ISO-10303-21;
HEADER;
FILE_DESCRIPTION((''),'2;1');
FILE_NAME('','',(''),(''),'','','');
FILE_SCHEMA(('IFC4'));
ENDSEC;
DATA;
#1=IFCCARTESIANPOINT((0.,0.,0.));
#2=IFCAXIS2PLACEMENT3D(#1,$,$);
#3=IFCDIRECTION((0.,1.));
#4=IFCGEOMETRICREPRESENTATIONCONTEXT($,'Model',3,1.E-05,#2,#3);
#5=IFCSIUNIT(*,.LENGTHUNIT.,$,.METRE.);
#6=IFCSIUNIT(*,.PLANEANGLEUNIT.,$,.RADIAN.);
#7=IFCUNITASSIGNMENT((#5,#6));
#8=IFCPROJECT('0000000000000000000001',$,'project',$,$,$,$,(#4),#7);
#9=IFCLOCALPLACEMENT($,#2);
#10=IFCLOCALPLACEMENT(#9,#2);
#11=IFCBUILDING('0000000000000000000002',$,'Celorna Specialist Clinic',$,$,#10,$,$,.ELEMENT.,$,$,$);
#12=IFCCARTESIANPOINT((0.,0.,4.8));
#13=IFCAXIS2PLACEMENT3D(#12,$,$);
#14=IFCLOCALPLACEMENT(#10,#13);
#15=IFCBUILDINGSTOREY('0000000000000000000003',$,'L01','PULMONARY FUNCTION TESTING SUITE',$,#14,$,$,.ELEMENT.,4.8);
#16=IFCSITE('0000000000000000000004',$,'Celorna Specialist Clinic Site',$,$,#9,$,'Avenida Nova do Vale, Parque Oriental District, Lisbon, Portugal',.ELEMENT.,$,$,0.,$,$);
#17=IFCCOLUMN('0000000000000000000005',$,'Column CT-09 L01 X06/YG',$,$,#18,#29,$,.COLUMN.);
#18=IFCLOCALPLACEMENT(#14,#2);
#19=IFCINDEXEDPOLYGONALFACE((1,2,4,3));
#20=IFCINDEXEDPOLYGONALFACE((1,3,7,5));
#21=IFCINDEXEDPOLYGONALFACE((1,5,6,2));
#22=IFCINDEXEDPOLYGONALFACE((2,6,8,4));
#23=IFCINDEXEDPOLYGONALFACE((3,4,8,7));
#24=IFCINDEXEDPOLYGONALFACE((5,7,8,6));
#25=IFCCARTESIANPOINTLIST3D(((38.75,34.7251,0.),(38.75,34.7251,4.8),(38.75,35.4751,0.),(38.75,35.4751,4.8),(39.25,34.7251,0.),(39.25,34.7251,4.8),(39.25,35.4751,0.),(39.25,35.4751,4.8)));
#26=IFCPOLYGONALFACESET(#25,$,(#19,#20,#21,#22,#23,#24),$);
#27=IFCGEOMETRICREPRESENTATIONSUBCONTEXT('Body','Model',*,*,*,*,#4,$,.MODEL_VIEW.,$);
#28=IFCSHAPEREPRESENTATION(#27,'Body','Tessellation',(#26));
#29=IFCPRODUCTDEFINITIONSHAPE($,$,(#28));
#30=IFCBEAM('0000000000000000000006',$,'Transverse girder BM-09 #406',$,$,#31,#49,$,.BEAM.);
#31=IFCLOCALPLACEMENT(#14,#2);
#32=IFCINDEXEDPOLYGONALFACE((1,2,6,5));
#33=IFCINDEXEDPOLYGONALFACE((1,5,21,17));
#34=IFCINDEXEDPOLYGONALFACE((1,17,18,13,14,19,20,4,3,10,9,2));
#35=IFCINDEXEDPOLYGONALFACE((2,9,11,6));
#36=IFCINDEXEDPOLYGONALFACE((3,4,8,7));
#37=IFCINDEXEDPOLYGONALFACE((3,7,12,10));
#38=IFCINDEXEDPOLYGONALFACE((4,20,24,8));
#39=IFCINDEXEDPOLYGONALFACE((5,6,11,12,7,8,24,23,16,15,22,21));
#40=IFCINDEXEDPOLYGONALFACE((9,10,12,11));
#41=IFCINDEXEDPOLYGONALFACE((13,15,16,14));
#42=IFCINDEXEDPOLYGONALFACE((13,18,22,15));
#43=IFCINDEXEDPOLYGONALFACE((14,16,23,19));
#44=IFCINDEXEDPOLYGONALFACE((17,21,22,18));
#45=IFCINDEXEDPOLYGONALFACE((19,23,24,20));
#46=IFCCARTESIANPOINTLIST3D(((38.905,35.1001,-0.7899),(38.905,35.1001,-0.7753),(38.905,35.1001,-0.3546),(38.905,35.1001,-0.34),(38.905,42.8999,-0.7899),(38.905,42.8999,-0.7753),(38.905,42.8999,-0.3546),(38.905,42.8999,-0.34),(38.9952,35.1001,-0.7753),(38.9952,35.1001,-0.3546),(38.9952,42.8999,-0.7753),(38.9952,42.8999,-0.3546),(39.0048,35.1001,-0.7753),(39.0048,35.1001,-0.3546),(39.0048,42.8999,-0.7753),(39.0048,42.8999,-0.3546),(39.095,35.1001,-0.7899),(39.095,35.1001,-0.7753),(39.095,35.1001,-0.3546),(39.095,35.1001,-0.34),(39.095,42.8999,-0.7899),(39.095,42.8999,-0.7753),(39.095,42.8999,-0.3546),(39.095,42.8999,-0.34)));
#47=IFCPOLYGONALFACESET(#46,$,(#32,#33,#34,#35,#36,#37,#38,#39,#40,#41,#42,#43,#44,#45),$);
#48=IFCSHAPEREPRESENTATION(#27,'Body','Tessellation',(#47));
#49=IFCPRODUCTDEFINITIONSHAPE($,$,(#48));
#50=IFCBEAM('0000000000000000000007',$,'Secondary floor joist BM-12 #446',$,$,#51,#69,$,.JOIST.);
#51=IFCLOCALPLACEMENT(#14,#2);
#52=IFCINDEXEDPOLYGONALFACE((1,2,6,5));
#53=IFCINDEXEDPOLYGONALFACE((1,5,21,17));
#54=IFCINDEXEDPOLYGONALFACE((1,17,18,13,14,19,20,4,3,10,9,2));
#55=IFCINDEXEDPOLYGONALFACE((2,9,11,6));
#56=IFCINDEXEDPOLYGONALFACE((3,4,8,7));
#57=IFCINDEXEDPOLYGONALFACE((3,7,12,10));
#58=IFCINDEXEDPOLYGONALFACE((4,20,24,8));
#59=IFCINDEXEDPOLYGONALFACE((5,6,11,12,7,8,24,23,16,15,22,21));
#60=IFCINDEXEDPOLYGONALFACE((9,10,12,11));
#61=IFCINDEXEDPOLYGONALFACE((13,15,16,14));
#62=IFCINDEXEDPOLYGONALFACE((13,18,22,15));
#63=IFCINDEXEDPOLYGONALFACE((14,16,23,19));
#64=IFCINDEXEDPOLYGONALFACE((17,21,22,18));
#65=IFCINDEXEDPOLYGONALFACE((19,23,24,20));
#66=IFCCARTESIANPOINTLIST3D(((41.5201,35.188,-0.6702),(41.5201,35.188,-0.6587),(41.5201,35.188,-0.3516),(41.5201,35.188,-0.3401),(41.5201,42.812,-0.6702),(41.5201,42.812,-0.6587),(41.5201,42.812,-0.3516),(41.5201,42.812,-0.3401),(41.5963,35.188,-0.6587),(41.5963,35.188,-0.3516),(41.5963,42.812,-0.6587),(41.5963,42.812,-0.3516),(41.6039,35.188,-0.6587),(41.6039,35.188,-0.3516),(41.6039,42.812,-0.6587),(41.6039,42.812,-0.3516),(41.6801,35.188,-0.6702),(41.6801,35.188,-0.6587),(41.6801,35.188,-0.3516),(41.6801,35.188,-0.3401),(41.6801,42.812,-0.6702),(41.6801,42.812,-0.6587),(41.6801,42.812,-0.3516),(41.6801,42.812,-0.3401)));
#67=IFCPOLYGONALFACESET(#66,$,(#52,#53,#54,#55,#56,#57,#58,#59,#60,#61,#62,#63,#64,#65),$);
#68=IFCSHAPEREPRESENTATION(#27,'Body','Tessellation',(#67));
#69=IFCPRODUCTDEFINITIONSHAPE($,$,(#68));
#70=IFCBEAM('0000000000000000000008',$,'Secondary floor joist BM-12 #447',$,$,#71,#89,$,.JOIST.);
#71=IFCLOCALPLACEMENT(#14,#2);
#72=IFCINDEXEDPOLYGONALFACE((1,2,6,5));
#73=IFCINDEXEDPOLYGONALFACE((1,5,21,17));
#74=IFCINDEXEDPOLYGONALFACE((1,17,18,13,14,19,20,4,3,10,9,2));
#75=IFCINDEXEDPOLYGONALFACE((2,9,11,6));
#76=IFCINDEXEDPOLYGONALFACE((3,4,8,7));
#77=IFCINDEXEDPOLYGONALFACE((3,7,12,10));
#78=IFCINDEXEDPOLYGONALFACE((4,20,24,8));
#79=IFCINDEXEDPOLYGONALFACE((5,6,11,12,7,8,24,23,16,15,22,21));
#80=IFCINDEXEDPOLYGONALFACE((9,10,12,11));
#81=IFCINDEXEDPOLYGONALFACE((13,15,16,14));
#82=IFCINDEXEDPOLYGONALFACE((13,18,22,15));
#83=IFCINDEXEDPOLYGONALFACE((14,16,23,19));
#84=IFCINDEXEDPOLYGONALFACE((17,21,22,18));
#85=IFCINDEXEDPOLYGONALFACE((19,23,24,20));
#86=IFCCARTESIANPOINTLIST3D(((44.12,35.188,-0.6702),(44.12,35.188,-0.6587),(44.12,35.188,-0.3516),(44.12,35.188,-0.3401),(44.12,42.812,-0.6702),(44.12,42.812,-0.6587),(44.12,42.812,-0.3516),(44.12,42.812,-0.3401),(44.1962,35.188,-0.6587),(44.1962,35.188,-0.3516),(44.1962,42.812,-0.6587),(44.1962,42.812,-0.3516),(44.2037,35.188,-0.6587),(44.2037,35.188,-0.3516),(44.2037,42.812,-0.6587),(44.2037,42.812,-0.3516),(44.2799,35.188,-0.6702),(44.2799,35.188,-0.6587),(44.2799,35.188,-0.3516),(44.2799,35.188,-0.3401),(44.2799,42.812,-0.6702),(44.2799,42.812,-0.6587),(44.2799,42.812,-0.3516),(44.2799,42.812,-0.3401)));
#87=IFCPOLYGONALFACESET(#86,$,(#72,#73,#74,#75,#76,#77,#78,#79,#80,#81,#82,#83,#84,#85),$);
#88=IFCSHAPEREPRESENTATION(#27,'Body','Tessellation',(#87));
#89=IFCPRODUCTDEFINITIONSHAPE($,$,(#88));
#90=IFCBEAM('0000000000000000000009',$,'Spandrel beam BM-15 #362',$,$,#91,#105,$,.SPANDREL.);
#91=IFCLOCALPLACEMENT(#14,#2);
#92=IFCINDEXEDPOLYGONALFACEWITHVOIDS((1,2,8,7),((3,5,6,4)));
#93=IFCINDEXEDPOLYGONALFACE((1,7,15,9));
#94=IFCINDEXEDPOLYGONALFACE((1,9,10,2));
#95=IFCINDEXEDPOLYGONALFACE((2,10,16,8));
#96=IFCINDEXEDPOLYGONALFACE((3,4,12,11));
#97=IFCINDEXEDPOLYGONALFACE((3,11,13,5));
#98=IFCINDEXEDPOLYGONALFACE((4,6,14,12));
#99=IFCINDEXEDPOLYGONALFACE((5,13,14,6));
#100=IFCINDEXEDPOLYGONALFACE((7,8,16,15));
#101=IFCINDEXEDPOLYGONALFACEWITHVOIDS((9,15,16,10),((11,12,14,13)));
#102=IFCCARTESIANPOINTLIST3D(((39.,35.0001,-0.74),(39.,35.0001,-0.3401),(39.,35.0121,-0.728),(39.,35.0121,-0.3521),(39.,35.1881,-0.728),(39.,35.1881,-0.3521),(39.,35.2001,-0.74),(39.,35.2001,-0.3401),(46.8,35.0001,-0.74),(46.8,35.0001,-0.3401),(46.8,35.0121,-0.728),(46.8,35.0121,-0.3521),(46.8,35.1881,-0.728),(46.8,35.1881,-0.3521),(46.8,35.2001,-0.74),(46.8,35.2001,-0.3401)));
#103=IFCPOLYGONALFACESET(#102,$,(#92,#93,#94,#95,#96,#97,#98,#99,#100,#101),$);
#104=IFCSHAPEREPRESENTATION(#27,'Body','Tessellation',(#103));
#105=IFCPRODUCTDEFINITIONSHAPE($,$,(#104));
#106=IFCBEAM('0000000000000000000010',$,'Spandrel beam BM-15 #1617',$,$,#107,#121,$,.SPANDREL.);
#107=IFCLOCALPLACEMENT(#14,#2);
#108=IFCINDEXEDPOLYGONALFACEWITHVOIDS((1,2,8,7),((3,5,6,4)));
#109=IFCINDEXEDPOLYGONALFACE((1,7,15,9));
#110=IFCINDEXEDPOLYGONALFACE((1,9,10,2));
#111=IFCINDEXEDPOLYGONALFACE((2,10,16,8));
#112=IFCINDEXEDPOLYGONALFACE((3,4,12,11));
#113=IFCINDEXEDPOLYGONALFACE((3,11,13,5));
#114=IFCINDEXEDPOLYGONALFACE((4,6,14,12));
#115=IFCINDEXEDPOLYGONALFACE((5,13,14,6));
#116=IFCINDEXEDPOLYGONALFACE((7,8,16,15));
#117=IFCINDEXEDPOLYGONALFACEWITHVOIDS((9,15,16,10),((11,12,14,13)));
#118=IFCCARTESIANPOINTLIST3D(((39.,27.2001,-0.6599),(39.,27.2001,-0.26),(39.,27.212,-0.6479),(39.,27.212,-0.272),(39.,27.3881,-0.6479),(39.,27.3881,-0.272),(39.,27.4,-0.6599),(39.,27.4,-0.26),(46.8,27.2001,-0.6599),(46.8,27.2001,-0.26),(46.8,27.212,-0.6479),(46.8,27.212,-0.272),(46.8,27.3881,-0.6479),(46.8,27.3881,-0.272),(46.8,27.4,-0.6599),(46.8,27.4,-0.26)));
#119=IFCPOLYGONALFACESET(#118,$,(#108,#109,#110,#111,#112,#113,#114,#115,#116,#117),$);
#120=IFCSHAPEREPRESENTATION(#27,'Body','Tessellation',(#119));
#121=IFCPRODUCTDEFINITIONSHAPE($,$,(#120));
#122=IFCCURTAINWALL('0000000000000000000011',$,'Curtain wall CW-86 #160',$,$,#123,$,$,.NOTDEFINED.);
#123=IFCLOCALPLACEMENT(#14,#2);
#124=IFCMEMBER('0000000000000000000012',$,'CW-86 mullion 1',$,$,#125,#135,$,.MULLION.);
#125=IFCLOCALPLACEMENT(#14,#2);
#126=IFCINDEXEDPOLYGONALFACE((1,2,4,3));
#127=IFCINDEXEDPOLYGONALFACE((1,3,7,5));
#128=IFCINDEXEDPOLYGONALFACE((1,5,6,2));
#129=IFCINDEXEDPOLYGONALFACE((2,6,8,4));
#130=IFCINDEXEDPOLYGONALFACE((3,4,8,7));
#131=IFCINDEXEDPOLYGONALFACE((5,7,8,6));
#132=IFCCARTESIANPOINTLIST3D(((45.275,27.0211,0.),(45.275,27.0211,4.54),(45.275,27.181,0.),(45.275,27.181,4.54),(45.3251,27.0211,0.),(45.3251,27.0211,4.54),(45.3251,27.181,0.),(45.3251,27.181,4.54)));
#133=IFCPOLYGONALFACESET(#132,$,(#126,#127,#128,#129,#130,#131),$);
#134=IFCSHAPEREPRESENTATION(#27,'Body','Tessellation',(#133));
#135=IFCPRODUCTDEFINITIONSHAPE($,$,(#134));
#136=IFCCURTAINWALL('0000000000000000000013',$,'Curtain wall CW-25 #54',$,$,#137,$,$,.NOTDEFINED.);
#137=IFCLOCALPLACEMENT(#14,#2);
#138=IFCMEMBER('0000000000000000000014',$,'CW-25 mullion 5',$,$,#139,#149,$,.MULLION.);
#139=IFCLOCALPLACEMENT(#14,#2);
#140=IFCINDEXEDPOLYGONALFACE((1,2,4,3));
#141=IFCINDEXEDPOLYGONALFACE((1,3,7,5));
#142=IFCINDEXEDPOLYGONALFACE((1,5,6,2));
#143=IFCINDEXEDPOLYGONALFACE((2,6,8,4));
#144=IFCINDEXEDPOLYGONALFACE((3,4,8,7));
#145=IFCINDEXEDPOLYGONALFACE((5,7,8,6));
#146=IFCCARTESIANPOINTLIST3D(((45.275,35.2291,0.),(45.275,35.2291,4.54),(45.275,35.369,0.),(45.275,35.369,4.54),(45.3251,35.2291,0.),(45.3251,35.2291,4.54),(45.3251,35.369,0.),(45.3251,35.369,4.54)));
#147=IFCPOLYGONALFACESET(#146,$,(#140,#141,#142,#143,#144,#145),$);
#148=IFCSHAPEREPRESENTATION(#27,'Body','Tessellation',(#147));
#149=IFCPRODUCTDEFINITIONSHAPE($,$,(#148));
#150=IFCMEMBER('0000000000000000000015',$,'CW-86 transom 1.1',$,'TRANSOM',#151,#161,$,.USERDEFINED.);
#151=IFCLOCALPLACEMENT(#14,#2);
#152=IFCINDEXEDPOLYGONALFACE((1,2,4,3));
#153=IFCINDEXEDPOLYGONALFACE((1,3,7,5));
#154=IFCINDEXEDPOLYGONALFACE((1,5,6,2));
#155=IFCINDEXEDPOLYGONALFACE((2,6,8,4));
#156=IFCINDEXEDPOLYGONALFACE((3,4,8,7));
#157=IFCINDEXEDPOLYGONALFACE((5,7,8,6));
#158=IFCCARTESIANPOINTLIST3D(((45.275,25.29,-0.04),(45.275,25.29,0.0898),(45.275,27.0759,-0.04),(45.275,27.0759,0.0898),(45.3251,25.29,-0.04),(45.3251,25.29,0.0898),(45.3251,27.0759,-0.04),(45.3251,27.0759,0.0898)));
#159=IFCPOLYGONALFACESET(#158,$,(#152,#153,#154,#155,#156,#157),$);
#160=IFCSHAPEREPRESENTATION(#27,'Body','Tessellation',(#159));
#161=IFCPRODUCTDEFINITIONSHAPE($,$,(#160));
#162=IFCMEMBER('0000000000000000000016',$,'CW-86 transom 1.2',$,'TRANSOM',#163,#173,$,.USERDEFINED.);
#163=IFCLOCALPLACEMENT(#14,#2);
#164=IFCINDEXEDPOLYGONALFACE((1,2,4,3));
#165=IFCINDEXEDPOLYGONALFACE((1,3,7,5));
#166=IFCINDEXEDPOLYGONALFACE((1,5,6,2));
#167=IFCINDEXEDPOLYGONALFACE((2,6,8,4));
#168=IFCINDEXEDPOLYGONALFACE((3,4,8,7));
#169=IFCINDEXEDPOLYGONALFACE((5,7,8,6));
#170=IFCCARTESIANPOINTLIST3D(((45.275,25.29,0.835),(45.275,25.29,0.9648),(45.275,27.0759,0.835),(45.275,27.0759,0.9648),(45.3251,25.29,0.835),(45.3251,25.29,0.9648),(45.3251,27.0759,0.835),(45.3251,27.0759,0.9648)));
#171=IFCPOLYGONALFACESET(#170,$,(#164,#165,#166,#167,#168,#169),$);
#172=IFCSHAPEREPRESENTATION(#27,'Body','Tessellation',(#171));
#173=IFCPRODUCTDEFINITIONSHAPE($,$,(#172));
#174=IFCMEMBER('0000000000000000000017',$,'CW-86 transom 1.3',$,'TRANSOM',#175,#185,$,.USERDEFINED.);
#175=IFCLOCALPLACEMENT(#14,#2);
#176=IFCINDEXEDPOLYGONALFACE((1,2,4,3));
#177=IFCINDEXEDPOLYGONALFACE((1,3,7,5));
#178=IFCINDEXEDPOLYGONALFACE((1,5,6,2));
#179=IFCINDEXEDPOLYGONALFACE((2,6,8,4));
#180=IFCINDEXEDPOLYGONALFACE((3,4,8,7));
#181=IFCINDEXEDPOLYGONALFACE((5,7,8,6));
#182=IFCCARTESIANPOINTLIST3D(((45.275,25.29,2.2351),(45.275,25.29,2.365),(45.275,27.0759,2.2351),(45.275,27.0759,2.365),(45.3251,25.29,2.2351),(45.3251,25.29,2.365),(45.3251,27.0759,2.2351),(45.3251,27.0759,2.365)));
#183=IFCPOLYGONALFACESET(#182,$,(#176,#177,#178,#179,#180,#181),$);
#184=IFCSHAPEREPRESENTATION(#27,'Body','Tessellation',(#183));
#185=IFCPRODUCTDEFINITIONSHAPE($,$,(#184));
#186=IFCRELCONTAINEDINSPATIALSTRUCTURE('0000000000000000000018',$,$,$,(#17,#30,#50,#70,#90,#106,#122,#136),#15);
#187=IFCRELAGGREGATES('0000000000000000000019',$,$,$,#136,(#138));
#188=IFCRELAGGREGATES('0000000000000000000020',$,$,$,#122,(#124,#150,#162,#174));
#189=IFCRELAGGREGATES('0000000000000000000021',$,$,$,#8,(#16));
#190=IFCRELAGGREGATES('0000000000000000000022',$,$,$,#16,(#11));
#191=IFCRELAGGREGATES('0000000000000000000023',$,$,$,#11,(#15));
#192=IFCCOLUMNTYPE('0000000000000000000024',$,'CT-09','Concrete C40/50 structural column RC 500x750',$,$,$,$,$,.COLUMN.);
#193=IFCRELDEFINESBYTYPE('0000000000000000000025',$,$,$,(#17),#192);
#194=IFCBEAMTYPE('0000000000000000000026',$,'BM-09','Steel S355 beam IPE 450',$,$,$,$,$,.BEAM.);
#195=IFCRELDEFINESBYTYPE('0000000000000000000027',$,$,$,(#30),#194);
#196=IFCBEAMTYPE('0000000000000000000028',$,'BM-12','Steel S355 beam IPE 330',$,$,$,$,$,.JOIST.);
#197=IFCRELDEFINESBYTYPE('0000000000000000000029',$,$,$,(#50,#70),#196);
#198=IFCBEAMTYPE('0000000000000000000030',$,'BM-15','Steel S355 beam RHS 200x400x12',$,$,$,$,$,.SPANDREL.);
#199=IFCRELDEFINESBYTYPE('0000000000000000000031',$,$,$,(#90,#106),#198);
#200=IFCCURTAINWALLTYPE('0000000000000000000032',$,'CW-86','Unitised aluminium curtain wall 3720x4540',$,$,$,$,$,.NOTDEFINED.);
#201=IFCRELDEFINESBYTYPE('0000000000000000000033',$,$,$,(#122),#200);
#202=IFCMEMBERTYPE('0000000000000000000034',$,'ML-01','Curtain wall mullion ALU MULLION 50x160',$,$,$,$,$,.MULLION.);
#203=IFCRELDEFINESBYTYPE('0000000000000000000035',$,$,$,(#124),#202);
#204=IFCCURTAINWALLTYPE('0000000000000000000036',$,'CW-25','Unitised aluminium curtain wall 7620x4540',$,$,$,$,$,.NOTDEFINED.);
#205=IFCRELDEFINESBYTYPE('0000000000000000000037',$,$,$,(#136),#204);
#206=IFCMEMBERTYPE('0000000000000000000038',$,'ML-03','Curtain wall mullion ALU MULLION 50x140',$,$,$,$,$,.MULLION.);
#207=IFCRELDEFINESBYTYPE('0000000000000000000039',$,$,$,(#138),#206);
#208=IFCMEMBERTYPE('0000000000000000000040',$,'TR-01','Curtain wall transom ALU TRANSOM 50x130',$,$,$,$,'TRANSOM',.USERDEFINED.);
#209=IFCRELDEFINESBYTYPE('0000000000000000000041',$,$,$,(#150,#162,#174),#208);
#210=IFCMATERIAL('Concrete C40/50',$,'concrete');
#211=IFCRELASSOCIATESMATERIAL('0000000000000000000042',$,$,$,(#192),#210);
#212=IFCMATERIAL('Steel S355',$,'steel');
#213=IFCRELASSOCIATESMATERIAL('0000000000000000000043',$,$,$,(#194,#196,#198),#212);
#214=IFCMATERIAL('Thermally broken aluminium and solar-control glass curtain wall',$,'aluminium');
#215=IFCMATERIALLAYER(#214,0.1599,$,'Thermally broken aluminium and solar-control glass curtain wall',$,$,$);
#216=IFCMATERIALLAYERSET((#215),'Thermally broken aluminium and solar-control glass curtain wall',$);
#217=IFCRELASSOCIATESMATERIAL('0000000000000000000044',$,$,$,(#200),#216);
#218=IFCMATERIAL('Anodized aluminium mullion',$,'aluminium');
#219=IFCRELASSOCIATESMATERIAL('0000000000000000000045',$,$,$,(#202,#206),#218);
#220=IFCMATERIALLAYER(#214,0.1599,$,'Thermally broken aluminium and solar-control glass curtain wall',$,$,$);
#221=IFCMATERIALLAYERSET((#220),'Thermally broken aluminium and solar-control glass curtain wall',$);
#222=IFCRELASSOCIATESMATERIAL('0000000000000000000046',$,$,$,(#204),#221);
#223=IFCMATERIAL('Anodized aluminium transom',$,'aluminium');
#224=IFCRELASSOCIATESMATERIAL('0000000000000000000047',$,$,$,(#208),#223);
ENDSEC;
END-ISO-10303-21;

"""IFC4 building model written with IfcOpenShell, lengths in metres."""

from ifc_helpers import new_model, si_unit, direction, frame, origin, origin_2d, place, context, subcontext, project, spatial, rectangle, hollow_rectangle, i_section, extrude, material, layer, layer_set, material_profile, profile_set, type_object, element, aggregate, save


model = new_model("IFC4")

# Units and contexts
model_context = context("Model", 3, precision=1e-05, world=origin(), true_north=direction((0.0, 1.0)))
body_context = subcontext(model_context, "Body", "Model", "MODEL_VIEW")
ifc_project = project(units=[si_unit("LENGTHUNIT", "METRE"), si_unit("PLANEANGLEUNIT", "RADIAN")], contexts=[model_context])

# Site, building, storey
site_placement = place(None, origin())
site = spatial("IfcSite", under=ifc_project, at=site_placement, Name="Celorna Specialist Clinic Site", LongName="Avenida Nova do Vale, Parque Oriental District, Lisbon, Portugal", CompositionType="ELEMENT", RefElevation=0.0)
building_placement = place(site_placement, origin())
building = spatial("IfcBuilding", under=site, at=building_placement, Name="Celorna Specialist Clinic", CompositionType="ELEMENT")
storey_placement = place(building_placement, frame((0.0, 0.0, 4.8)))
storey = spatial("IfcBuildingStorey", under=building, at=storey_placement, Name="L01", Description="PULMONARY FUNCTION TESTING SUITE", CompositionType="ELEMENT", Elevation=4.8)

# Column
ifc_material_1 = material(Name="Concrete C40/50", Category="concrete")
ifc_material_profile_1 = material_profile(ifc_material_1, rectangle(XDim=0.5, YDim=0.75, at=origin_2d()), Name="RC 500x750")
ifc_profile_set_1 = profile_set([ifc_material_profile_1], Name="Concrete C40/50")
column_type = type_object("IfcColumnType", Name="CT-09", Description="Concrete C40/50 structural column RC 500x750", PredefinedType="COLUMN", material=ifc_profile_set_1)
column_placement = place(storey_placement, frame((39.0, 35.1001, 0.0), z_axis=(0.0, 0.0, 1.0), x_axis=(1.0, 0.0, 0.0)))
element("IfcColumn", 1, at=column_placement, inside=storey, type_object=column_type, Name="Column CT-09 L01 X06/YG", PredefinedType="COLUMN", context=body_context, shape_type="SweptSolid", body=[
    extrude(rectangle(XDim=0.5, YDim=0.75, at=origin_2d()), origin(), (0.0, 0.0, 1.0), 4.8),
])

# Beams
ifc_material_2 = material(Name="Steel S355", Category="steel")
ifc_material_profile_2 = material_profile(ifc_material_2, i_section(OverallWidth=0.1899, OverallDepth=0.45, WebThickness=0.0095, FlangeThickness=0.0146, at=origin_2d()), Name="IPE 450")
ifc_profile_set_2 = profile_set([ifc_material_profile_2], Name="Steel S355")
beam_type_1 = type_object("IfcBeamType", Name="BM-09", Description="Steel S355 beam IPE 450", PredefinedType="BEAM", material=ifc_profile_set_2)
beam_placement = place(storey_placement, frame((39.0, 35.1001, -0.5649), z_axis=(0.0, 1.0, 0.0), x_axis=(-1.0, 0.0, 0.0)))
element("IfcBeam", 2, at=beam_placement, inside=storey, type_object=beam_type_1, Name="Transverse girder BM-09 #406", PredefinedType="BEAM", context=body_context, shape_type="SweptSolid", body=[
    extrude(i_section(OverallWidth=0.1899, OverallDepth=0.45, WebThickness=0.0095, FlangeThickness=0.0146, at=origin_2d()), origin(), (0.0, 0.0, 1.0), 7.7998),
])
ifc_material_profile_3 = material_profile(ifc_material_2, i_section(OverallWidth=0.1599, OverallDepth=0.3301, WebThickness=0.0076, FlangeThickness=0.0115, at=origin_2d()), Name="IPE 330")
ifc_profile_set_3 = profile_set([ifc_material_profile_3], Name="Steel S355")
beam_type_2 = type_object("IfcBeamType", Name="BM-12", Description="Steel S355 beam IPE 330", PredefinedType="JOIST", material=ifc_profile_set_3)
for number, where, z_axis, x_axis, name in (
    (3, (41.6001, 35.188, -0.5051), (0.0, 1.0, 0.0), (-1.0, 0.0, 0.0), "Secondary floor joist BM-12 #446"),
    (4, (44.2, 35.188, -0.5051), (0.0, 1.0, 0.0), (-1.0, 0.0, 0.0), "Secondary floor joist BM-12 #447"),
):
    element("IfcBeam", number, at=place(storey_placement, frame(where, z_axis=z_axis, x_axis=x_axis)), inside=storey, type_object=beam_type_2, Name=name, PredefinedType="JOIST", context=body_context, shape_type="SweptSolid", body=[
        extrude(i_section(OverallWidth=0.1599, OverallDepth=0.3301, WebThickness=0.0076, FlangeThickness=0.0115, at=origin_2d()), origin(), (0.0, 0.0, 1.0), 7.624),
    ])
ifc_material_profile_4 = material_profile(ifc_material_2, hollow_rectangle(XDim=0.2, YDim=0.3999, WallThickness=0.012, at=origin_2d()), Name="RHS 200x400x12")
ifc_profile_set_4 = profile_set([ifc_material_profile_4], Name="Steel S355")
beam_type_3 = type_object("IfcBeamType", Name="BM-15", Description="Steel S355 beam RHS 200x400x12", PredefinedType="SPANDREL", material=ifc_profile_set_4)
for number, where, z_axis, x_axis, name in (
    (5, (39.0, 35.1001, -0.54), (1.0, 0.0, 0.0), (0.0, 1.0, 0.0), "Spandrel beam BM-15 #362"),
    (6, (39.0, 27.3, -0.46), (1.0, 0.0, 0.0), (0.0, 1.0, 0.0), "Spandrel beam BM-15 #1617"),
):
    element("IfcBeam", number, at=place(storey_placement, frame(where, z_axis=z_axis, x_axis=x_axis)), inside=storey, type_object=beam_type_3, Name=name, PredefinedType="SPANDREL", context=body_context, shape_type="SweptSolid", body=[
        extrude(hollow_rectangle(XDim=0.2, YDim=0.3999, WallThickness=0.012, at=origin_2d()), origin(), (0.0, 0.0, 1.0), 7.8),
    ])

# Curtain walls, members
ifc_material_3 = material(Name="Thermally broken aluminium and solar-control glass curtain wall", Category="aluminium")
ifc_layer_1 = layer(ifc_material_3, 0.1599, Name="Thermally broken aluminium and solar-control glass curtain wall")
ifc_layer_set_1 = layer_set([ifc_layer_1], Name="Thermally broken aluminium and solar-control glass curtain wall")
curtain_wall_type_1 = type_object("IfcCurtainWallType", Name="CW-86", Description="Unitised aluminium curtain wall 3720x4540", PredefinedType="NOTDEFINED", material=ifc_layer_set_1)
curtain_wall_1_placement = place(storey_placement, origin())
curtain_wall_1 = element("IfcCurtainWall", 7, at=curtain_wall_1_placement, inside=storey, type_object=curtain_wall_type_1, Name="Curtain wall CW-86 #160", PredefinedType="NOTDEFINED")
ifc_material_4 = material(Name="Anodized aluminium mullion", Category="aluminium")
ifc_material_profile_5 = material_profile(ifc_material_4, rectangle(XDim=0.05, YDim=0.1599, at=origin_2d()), Name="ALU MULLION 50x160")
ifc_profile_set_5 = profile_set([ifc_material_profile_5], Name="Anodized aluminium mullion")
member_type_1 = type_object("IfcMemberType", Name="ML-01", Description="Curtain wall mullion ALU MULLION 50x160", PredefinedType="MULLION", material=ifc_profile_set_5)
member_1_placement = place(storey_placement, frame((45.3, 27.1011, 0.0), z_axis=(0.0, 0.0, 1.0), x_axis=(1.0, 0.0, 0.0)))
member_1 = element("IfcMember", 8, at=member_1_placement, type_object=member_type_1, Name="CW-86 mullion 1", PredefinedType="MULLION", context=body_context, shape_type="SweptSolid", body=[
    extrude(rectangle(XDim=0.05, YDim=0.1599, at=origin_2d()), origin(), (0.0, 0.0, 1.0), 4.54),
])
ifc_layer_2 = layer(ifc_material_3, 0.1599, Name="Thermally broken aluminium and solar-control glass curtain wall")
ifc_layer_set_2 = layer_set([ifc_layer_2], Name="Thermally broken aluminium and solar-control glass curtain wall")
curtain_wall_type_2 = type_object("IfcCurtainWallType", Name="CW-25", Description="Unitised aluminium curtain wall 7620x4540", PredefinedType="NOTDEFINED", material=ifc_layer_set_2)
curtain_wall_2_placement = place(storey_placement, origin())
curtain_wall_2 = element("IfcCurtainWall", 9, at=curtain_wall_2_placement, inside=storey, type_object=curtain_wall_type_2, Name="Curtain wall CW-25 #54", PredefinedType="NOTDEFINED")
ifc_material_profile_6 = material_profile(ifc_material_4, rectangle(XDim=0.05, YDim=0.1399, at=origin_2d()), Name="ALU MULLION 50x140")
ifc_profile_set_6 = profile_set([ifc_material_profile_6], Name="Anodized aluminium mullion")
member_type_2 = type_object("IfcMemberType", Name="ML-03", Description="Curtain wall mullion ALU MULLION 50x140", PredefinedType="MULLION", material=ifc_profile_set_6)
member_2_placement = place(storey_placement, frame((45.3, 35.2991, 0.0), z_axis=(0.0, 0.0, 1.0), x_axis=(1.0, 0.0, 0.0)))
member_2 = element("IfcMember", 10, at=member_2_placement, type_object=member_type_2, Name="CW-25 mullion 5", PredefinedType="MULLION", context=body_context, shape_type="SweptSolid", body=[
    extrude(rectangle(XDim=0.05, YDim=0.1399, at=origin_2d()), origin(), (0.0, 0.0, 1.0), 4.54),
])
aggregate(curtain_wall_2, [member_2])

# Members
ifc_material_5 = material(Name="Anodized aluminium transom", Category="aluminium")
ifc_material_profile_7 = material_profile(ifc_material_5, rectangle(XDim=0.05, YDim=0.1299, at=origin_2d()), Name="ALU TRANSOM 50x130")
ifc_profile_set_7 = profile_set([ifc_material_profile_7], Name="Anodized aluminium transom")
member_type_3 = type_object("IfcMemberType", Name="TR-01", Description="Curtain wall transom ALU TRANSOM 50x130", ElementType="TRANSOM", PredefinedType="USERDEFINED", material=ifc_profile_set_7)
member_3_placement = place(storey_placement, frame((45.3, 27.0759, 0.0249), z_axis=(0.0, -1.0, 0.0), x_axis=(1.0, 0.0, 0.0)))
member_3 = element("IfcMember", 11, at=member_3_placement, type_object=member_type_3, Name="CW-86 transom 1.1", ObjectType="TRANSOM", PredefinedType="USERDEFINED", context=body_context, shape_type="SweptSolid", body=[
    extrude(rectangle(XDim=0.05, YDim=0.1299, at=origin_2d()), origin(), (0.0, 0.0, 1.0), 1.7859),
])
member_4_placement = place(storey_placement, frame((45.3, 27.0759, 0.8999), z_axis=(0.0, -1.0, 0.0), x_axis=(1.0, 0.0, 0.0)))
member_4 = element("IfcMember", 12, at=member_4_placement, type_object=member_type_3, Name="CW-86 transom 1.2", ObjectType="TRANSOM", PredefinedType="USERDEFINED", context=body_context, shape_type="SweptSolid", body=[
    extrude(rectangle(XDim=0.05, YDim=0.1299, at=origin_2d()), origin(), (0.0, 0.0, 1.0), 1.7859),
])
member_5_placement = place(storey_placement, frame((45.3, 27.0759, 2.3), z_axis=(0.0, -1.0, 0.0), x_axis=(1.0, 0.0, 0.0)))
member_5 = element("IfcMember", 13, at=member_5_placement, type_object=member_type_3, Name="CW-86 transom 1.3", ObjectType="TRANSOM", PredefinedType="USERDEFINED", context=body_context, shape_type="SweptSolid", body=[
    extrude(rectangle(XDim=0.05, YDim=0.1299, at=origin_2d()), origin(), (0.0, 0.0, 1.0), 1.7859),
])
aggregate(curtain_wall_1, [member_1, member_3, member_4, member_5])

save(model, "model.ifc")
